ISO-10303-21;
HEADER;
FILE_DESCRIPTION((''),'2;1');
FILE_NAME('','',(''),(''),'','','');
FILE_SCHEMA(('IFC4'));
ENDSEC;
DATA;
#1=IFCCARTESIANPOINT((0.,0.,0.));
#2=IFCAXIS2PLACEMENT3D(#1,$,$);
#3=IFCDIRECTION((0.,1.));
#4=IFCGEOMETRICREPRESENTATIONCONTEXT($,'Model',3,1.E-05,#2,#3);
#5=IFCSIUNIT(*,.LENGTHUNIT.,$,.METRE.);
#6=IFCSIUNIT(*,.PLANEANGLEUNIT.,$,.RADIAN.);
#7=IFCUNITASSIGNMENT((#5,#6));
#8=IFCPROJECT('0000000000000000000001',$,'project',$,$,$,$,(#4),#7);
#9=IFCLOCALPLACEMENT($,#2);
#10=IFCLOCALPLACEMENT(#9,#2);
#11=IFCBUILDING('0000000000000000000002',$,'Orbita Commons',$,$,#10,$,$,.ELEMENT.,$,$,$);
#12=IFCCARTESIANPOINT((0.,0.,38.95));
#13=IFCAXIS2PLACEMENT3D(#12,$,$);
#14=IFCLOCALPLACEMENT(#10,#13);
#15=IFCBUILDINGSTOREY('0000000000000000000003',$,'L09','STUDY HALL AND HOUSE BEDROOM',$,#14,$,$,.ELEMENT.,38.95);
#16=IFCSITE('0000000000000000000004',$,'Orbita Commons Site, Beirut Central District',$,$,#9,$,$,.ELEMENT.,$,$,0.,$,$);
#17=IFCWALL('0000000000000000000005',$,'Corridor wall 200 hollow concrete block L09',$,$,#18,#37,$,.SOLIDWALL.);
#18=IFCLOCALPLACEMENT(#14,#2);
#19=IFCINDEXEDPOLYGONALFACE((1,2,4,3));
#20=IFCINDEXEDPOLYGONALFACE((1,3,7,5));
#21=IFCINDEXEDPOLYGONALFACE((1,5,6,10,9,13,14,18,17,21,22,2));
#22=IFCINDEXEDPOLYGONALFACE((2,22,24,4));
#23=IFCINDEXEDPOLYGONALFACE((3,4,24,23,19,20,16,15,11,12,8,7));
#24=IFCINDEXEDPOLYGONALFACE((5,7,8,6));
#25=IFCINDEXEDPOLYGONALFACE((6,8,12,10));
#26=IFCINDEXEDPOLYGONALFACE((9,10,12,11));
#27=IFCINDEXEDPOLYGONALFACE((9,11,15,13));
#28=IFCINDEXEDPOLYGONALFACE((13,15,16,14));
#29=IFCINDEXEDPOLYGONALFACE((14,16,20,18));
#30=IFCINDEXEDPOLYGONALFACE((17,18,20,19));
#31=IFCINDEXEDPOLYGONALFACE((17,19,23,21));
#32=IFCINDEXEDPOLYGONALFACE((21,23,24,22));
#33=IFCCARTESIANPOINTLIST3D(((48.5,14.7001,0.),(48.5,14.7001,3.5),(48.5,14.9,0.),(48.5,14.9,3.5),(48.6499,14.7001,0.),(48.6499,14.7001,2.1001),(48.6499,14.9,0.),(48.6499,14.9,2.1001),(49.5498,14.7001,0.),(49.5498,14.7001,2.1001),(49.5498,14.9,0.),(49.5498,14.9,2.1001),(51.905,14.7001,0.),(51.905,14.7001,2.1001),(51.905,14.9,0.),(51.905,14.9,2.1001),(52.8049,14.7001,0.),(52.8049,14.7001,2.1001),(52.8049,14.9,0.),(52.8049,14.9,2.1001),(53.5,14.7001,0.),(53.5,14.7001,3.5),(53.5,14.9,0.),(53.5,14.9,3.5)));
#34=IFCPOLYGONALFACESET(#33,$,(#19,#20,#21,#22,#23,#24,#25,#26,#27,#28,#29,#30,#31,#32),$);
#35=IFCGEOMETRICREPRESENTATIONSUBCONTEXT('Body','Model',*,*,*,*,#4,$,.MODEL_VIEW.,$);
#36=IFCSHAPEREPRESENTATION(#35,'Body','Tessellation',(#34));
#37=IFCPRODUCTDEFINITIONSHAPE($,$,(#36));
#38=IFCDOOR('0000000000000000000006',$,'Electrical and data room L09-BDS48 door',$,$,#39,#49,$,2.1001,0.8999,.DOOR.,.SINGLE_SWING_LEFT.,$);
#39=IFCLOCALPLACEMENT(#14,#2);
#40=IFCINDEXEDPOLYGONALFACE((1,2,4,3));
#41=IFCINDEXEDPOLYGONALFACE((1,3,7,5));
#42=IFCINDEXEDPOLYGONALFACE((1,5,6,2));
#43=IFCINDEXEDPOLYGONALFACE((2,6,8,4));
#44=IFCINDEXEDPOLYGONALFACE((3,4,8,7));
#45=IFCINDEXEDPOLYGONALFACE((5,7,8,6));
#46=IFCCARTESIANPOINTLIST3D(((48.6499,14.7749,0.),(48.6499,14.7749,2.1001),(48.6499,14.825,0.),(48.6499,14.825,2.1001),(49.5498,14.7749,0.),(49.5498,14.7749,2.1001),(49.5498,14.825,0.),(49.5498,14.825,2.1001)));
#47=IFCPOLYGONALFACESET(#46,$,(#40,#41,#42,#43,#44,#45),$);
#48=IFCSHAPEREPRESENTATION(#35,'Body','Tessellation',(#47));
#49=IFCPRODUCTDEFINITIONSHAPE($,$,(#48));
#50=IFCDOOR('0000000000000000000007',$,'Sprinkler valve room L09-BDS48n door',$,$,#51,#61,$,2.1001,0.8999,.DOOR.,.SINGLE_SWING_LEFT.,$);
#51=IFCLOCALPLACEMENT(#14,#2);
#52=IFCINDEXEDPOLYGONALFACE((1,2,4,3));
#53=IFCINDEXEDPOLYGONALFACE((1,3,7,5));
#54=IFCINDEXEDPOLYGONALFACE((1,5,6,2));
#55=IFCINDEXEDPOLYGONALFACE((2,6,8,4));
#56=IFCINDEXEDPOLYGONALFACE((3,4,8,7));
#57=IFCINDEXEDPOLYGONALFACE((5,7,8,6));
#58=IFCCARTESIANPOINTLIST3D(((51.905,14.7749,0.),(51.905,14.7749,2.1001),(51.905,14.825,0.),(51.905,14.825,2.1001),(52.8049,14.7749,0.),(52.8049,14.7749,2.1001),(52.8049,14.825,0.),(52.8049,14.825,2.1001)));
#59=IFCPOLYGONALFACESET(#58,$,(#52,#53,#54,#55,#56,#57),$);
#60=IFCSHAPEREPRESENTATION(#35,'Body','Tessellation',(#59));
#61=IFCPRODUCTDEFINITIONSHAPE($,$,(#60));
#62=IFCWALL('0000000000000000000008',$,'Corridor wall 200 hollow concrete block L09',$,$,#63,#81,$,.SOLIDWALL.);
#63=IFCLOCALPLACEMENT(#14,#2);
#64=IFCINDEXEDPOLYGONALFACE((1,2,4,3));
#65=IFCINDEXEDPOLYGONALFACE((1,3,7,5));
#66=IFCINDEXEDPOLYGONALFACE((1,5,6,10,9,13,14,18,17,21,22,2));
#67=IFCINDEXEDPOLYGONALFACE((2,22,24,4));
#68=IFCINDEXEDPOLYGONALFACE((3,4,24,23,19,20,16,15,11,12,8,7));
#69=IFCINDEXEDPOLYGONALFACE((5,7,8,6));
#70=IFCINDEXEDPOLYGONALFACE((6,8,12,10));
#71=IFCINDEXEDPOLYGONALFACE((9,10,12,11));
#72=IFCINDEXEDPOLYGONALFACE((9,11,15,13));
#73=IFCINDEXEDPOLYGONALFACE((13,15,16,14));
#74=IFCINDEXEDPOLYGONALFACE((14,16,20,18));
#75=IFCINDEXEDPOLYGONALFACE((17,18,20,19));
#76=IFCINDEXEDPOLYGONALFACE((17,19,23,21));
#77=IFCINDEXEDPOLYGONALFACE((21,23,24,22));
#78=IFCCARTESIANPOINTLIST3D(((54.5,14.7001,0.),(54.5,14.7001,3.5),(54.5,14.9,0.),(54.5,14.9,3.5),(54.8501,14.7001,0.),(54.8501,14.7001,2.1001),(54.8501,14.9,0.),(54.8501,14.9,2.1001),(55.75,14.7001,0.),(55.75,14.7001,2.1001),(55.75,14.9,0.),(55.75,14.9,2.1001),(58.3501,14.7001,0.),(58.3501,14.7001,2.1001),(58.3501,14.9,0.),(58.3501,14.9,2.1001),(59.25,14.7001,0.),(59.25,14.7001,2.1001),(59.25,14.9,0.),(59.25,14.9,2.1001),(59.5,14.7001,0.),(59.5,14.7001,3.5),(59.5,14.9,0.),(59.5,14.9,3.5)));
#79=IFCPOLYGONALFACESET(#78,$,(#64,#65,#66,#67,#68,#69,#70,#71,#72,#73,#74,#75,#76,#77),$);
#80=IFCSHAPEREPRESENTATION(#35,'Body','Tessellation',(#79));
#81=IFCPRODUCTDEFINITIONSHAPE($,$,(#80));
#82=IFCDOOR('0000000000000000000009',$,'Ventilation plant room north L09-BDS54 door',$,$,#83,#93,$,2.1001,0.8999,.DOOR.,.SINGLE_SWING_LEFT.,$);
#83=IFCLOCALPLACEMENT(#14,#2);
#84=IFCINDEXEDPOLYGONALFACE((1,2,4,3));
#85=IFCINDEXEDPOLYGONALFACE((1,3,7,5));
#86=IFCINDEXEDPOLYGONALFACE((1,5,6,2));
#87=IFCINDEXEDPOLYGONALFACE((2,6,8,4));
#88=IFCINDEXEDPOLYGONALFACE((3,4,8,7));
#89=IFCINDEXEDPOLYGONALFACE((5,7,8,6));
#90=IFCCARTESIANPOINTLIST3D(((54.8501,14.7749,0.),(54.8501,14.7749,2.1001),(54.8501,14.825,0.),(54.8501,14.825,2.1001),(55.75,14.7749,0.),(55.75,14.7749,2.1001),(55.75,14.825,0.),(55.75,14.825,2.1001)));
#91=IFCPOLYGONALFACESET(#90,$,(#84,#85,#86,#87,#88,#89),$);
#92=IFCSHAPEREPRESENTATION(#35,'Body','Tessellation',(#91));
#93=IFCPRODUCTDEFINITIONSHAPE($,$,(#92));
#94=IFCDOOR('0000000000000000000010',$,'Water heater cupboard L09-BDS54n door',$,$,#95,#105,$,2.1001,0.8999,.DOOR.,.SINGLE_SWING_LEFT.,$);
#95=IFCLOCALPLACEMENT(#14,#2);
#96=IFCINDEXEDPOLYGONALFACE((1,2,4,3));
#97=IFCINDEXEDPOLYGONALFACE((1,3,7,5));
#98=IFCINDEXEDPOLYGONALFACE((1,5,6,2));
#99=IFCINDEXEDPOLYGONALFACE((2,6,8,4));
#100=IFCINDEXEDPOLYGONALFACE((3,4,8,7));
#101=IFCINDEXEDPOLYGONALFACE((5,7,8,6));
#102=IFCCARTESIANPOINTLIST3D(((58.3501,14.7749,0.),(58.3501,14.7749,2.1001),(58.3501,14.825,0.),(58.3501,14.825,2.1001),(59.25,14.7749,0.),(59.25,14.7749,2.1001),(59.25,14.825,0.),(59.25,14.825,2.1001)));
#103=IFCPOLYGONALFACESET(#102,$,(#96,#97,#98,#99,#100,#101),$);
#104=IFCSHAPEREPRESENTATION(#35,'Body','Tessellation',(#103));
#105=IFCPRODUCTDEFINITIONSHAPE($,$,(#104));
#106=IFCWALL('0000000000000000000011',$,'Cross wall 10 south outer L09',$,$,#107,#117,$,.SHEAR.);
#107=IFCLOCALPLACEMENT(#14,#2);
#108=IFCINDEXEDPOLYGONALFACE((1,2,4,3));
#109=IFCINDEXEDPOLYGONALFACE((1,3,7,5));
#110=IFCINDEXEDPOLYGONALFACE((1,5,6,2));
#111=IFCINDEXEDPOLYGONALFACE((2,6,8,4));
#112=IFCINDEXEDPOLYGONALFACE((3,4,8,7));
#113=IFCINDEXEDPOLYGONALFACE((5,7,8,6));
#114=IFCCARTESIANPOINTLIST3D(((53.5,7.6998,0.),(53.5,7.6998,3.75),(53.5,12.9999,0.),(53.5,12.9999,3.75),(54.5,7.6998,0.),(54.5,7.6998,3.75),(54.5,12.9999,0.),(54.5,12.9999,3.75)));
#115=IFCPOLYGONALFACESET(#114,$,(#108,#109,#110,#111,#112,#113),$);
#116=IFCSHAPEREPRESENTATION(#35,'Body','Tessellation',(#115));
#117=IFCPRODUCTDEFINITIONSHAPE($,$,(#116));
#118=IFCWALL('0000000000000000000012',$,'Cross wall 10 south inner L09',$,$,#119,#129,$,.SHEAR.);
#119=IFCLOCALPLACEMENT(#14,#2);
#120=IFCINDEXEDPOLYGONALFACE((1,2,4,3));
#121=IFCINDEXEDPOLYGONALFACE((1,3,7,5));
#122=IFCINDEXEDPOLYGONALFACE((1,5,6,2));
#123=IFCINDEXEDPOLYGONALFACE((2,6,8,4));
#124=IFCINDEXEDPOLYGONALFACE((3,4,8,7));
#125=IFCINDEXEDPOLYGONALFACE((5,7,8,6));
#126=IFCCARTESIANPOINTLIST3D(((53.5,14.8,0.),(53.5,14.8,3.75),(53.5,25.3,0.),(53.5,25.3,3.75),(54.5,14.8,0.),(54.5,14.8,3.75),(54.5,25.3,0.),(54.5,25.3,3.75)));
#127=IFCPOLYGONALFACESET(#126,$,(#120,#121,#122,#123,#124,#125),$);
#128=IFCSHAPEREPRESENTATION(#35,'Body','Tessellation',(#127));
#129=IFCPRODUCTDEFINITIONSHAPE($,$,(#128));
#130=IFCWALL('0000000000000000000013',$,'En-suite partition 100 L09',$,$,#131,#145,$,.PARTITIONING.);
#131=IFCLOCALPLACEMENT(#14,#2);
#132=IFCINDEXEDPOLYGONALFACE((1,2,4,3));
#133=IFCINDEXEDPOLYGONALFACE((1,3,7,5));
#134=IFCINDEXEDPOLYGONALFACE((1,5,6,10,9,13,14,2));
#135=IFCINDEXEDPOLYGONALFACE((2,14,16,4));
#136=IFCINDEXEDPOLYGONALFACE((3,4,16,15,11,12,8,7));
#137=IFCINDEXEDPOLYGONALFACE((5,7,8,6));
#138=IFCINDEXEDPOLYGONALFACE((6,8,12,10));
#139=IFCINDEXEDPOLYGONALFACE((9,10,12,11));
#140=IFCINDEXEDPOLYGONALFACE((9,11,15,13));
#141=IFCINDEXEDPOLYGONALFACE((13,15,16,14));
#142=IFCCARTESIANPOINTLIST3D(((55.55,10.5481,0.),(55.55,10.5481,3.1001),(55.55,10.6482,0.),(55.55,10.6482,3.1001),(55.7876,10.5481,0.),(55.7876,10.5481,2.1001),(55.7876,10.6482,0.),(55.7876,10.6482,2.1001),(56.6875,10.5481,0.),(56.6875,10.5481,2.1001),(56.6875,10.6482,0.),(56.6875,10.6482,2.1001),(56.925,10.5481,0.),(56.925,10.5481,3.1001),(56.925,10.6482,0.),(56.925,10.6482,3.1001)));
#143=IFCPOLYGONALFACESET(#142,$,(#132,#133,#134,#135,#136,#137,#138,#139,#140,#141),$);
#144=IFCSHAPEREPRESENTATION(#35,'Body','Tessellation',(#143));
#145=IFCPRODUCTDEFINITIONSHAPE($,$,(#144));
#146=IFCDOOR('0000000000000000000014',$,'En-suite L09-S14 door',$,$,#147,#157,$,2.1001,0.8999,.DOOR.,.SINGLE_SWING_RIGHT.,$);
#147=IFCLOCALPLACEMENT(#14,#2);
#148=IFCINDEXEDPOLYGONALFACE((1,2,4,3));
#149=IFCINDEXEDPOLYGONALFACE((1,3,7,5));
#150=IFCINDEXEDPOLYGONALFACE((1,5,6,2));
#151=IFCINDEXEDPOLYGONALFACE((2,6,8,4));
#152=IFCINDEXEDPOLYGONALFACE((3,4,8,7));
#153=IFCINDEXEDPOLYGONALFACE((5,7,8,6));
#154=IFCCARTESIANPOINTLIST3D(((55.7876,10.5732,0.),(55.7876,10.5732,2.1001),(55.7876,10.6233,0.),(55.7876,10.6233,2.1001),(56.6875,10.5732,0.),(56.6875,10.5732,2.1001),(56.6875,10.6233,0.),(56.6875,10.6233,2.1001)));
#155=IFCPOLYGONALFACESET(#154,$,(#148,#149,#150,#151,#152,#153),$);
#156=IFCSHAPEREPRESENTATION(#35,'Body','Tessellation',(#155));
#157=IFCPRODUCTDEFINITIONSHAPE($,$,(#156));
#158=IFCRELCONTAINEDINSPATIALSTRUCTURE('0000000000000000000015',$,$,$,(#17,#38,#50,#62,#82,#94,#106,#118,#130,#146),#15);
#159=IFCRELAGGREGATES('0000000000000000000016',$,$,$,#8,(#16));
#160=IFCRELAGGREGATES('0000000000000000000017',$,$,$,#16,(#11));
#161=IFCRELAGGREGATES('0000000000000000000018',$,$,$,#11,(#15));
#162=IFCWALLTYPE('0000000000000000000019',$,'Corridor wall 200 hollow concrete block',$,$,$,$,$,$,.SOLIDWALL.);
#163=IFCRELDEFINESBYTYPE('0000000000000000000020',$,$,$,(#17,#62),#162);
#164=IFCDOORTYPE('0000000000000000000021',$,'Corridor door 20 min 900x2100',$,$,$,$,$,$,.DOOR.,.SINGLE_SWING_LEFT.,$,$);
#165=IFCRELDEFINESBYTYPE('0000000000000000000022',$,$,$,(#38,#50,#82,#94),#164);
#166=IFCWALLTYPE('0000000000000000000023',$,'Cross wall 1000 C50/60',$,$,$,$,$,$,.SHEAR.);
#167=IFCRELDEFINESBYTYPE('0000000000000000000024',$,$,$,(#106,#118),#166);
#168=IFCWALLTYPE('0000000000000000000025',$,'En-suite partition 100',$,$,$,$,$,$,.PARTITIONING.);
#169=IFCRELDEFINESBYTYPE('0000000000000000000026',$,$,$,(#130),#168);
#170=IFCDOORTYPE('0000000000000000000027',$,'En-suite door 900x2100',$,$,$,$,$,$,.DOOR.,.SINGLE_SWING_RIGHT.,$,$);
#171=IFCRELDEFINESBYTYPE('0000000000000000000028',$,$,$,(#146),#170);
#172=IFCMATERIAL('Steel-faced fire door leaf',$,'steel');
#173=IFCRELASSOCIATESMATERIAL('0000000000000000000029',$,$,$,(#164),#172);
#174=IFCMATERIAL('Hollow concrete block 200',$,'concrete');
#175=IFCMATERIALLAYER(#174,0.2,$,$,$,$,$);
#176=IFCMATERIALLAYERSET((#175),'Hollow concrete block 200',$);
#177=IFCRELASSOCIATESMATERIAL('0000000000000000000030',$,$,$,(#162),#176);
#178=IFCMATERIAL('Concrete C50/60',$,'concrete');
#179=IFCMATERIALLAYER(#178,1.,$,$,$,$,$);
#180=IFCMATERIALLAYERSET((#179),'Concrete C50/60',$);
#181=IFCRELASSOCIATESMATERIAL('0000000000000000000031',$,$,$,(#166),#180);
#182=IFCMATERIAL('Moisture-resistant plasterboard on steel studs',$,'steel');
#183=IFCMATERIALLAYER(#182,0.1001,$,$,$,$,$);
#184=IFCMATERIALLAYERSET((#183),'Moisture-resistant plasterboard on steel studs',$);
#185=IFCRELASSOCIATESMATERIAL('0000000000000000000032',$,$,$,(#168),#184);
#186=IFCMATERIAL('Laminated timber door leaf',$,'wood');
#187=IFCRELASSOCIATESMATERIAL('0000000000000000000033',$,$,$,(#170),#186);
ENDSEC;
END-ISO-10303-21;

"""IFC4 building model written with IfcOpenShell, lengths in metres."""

from ifc_helpers import new_model, si_unit, direction, frame, frame_2d, origin, place, context, subcontext, project, spatial, polyline, rectangle, outline, extrude, material, layer, layer_set, type_object, element, fill, save


model = new_model("IFC4")

# Units and contexts
model_context = context("Model", 3, precision=1e-05, world=origin(), true_north=direction((0.0, 1.0)))
body_context = subcontext(model_context, "Body", "Model", "MODEL_VIEW")
ifc_project = project(units=[si_unit("LENGTHUNIT", "METRE"), si_unit("PLANEANGLEUNIT", "RADIAN")], contexts=[model_context])

# Site, building, storey
site_placement = place(None, origin())
site = spatial("IfcSite", under=ifc_project, at=site_placement, Name="Orbita Commons Site, Beirut Central District", CompositionType="ELEMENT", RefElevation=0.0)
building_placement = place(site_placement, origin())
building = spatial("IfcBuilding", under=site, at=building_placement, Name="Orbita Commons", CompositionType="ELEMENT")
storey_placement = place(building_placement, frame((0.0, 0.0, 38.95)))
storey = spatial("IfcBuildingStorey", under=building, at=storey_placement, Name="L09", Description="STUDY HALL AND HOUSE BEDROOM", CompositionType="ELEMENT", Elevation=38.95)

# Walls, openings, doors
ifc_material_1 = material(Name="Steel-faced fire door leaf", Category="steel")
door_type_1 = type_object("IfcDoorType", Name="Corridor door 20 min 900x2100", OperationType="SINGLE_SWING_LEFT", PredefinedType="DOOR", material=ifc_material_1)
ifc_material_2 = material(Name="Hollow concrete block 200", Category="concrete")
ifc_layer_1 = layer(ifc_material_2, 0.2)
ifc_layer_set_1 = layer_set([ifc_layer_1], Name="Hollow concrete block 200")
wall_type_1 = type_object("IfcWallType", Name="Corridor wall 200 hollow concrete block", PredefinedType="SOLIDWALL", material=ifc_layer_set_1)
wall_1_placement = place(storey_placement, frame((48.5, 14.8, 0.0), z_axis=(0.0, 0.0, 1.0), x_axis=(1.0, 0.0, 0.0)))
wall_1 = element("IfcWall", 1, at=wall_1_placement, inside=storey, type_object=wall_type_1, Name="Corridor wall 200 hollow concrete block L09", PredefinedType="SOLIDWALL", context=body_context, shape_type="SweptSolid", body=[
    extrude(rectangle(XDim=5.0, YDim=0.2, at=frame_2d((2.5, 0.0))), origin(), (0.0, 0.0, 1.0), 3.5),
])
opening_1_placement = place(wall_1_placement, frame((0.1499, 0.0, 0.0)))
opening_1 = element("IfcOpeningElement", 2, at=opening_1_placement, cuts=wall_1, PredefinedType="OPENING", context=body_context, shape_type="SweptSolid", body=[
    extrude(rectangle(XDim=0.8999, YDim=2.1001, at=frame_2d((0.45, 1.05))), frame((0.0, 0.1099, 0.0), z_axis=(0.0, -1.0, 0.0), x_axis=(1.0, 0.0, 0.0)), (0.0, 0.0, 1.0), 0.22),
])
opening_2_placement = place(wall_1_placement, frame((3.405, 0.0, 0.0)))
opening_2 = element("IfcOpeningElement", 3, at=opening_2_placement, cuts=wall_1, PredefinedType="OPENING", context=body_context, shape_type="SweptSolid", body=[
    extrude(rectangle(XDim=0.8999, YDim=2.1001, at=frame_2d((0.45, 1.05))), frame((0.0, 0.1099, 0.0), z_axis=(0.0, -1.0, 0.0), x_axis=(1.0, 0.0, 0.0)), (0.0, 0.0, 1.0), 0.22),
])
door_1_placement = place(opening_1_placement, origin())
door_1 = element("IfcDoor", 4, at=door_1_placement, inside=storey, type_object=door_type_1, Name="Electrical and data room L09-BDS48 door", OperationType="SINGLE_SWING_LEFT", OverallHeight=2.1001, OverallWidth=0.8999, PredefinedType="DOOR", context=body_context, shape_type="SweptSolid", body=[
    extrude(rectangle(XDim=0.8999, YDim=2.1001, at=frame_2d((0.45, 1.05))), frame((0.0, 0.0249, 0.0), z_axis=(0.0, -1.0, 0.0), x_axis=(1.0, 0.0, 0.0)), (0.0, 0.0, 1.0), 0.05),
])
fill(opening_1, door_1)
door_2_placement = place(opening_2_placement, origin())
door_2 = element("IfcDoor", 5, at=door_2_placement, inside=storey, type_object=door_type_1, Name="Sprinkler valve room L09-BDS48n door", OperationType="SINGLE_SWING_LEFT", OverallHeight=2.1001, OverallWidth=0.8999, PredefinedType="DOOR", context=body_context, shape_type="SweptSolid", body=[
    extrude(rectangle(XDim=0.8999, YDim=2.1001, at=frame_2d((0.45, 1.05))), frame((0.0, 0.0249, 0.0), z_axis=(0.0, -1.0, 0.0), x_axis=(1.0, 0.0, 0.0)), (0.0, 0.0, 1.0), 0.05),
])
fill(opening_2, door_2)
wall_2_placement = place(storey_placement, frame((54.5, 14.8, 0.0), z_axis=(0.0, 0.0, 1.0), x_axis=(1.0, 0.0, 0.0)))
wall_2 = element("IfcWall", 6, at=wall_2_placement, inside=storey, type_object=wall_type_1, Name="Corridor wall 200 hollow concrete block L09", PredefinedType="SOLIDWALL", context=body_context, shape_type="SweptSolid", body=[
    extrude(rectangle(XDim=5.0, YDim=0.2, at=frame_2d((2.5, 0.0))), origin(), (0.0, 0.0, 1.0), 3.5),
])
opening_3_placement = place(wall_2_placement, frame((0.3501, 0.0, 0.0)))
opening_3 = element("IfcOpeningElement", 7, at=opening_3_placement, cuts=wall_2, PredefinedType="OPENING", context=body_context, shape_type="SweptSolid", body=[
    extrude(rectangle(XDim=0.8999, YDim=2.1001, at=frame_2d((0.45, 1.05))), frame((0.0, 0.1099, 0.0), z_axis=(0.0, -1.0, 0.0), x_axis=(1.0, 0.0, 0.0)), (0.0, 0.0, 1.0), 0.22),
])
opening_4_placement = place(wall_2_placement, frame((3.8501, 0.0, 0.0)))
opening_4 = element("IfcOpeningElement", 8, at=opening_4_placement, cuts=wall_2, PredefinedType="OPENING", context=body_context, shape_type="SweptSolid", body=[
    extrude(rectangle(XDim=0.8999, YDim=2.1001, at=frame_2d((0.45, 1.05))), frame((0.0, 0.1099, 0.0), z_axis=(0.0, -1.0, 0.0), x_axis=(1.0, 0.0, 0.0)), (0.0, 0.0, 1.0), 0.22),
])
door_3_placement = place(opening_3_placement, origin())
door_3 = element("IfcDoor", 9, at=door_3_placement, inside=storey, type_object=door_type_1, Name="Ventilation plant room north L09-BDS54 door", OperationType="SINGLE_SWING_LEFT", OverallHeight=2.1001, OverallWidth=0.8999, PredefinedType="DOOR", context=body_context, shape_type="SweptSolid", body=[
    extrude(rectangle(XDim=0.8999, YDim=2.1001, at=frame_2d((0.45, 1.05))), frame((0.0, 0.0249, 0.0), z_axis=(0.0, -1.0, 0.0), x_axis=(1.0, 0.0, 0.0)), (0.0, 0.0, 1.0), 0.05),
])
fill(opening_3, door_3)
door_4_placement = place(opening_4_placement, origin())
door_4 = element("IfcDoor", 10, at=door_4_placement, inside=storey, type_object=door_type_1, Name="Water heater cupboard L09-BDS54n door", OperationType="SINGLE_SWING_LEFT", OverallHeight=2.1001, OverallWidth=0.8999, PredefinedType="DOOR", context=body_context, shape_type="SweptSolid", body=[
    extrude(rectangle(XDim=0.8999, YDim=2.1001, at=frame_2d((0.45, 1.05))), frame((0.0, 0.0249, 0.0), z_axis=(0.0, -1.0, 0.0), x_axis=(1.0, 0.0, 0.0)), (0.0, 0.0, 1.0), 0.05),
])
fill(opening_4, door_4)

# Walls
ifc_material_3 = material(Name="Concrete C50/60", Category="concrete")
ifc_layer_2 = layer(ifc_material_3, 1.0)
ifc_layer_set_2 = layer_set([ifc_layer_2], Name="Concrete C50/60")
wall_type_2 = type_object("IfcWallType", Name="Cross wall 1000 C50/60", PredefinedType="SHEAR", material=ifc_layer_set_2)
wall_3_placement = place(storey_placement, frame((54.0, 7.7, 0.0), z_axis=(0.0, 0.0, 1.0), x_axis=(0.0, 1.0, 0.0)))
element("IfcWall", 11, at=wall_3_placement, inside=storey, type_object=wall_type_2, Name="Cross wall 10 south outer L09", PredefinedType="SHEAR", context=body_context, shape_type="SweptSolid", body=[
    extrude(rectangle(XDim=5.3, YDim=1.0, at=frame_2d((2.6499, 0.0))), origin(), (0.0, 0.0, 1.0), 3.75),
])
wall_4_placement = place(storey_placement, frame((54.0, 14.8, 0.0), z_axis=(0.0, 0.0, 1.0), x_axis=(0.0, 1.0, 0.0)))
element("IfcWall", 12, at=wall_4_placement, inside=storey, type_object=wall_type_2, Name="Cross wall 10 south inner L09", PredefinedType="SHEAR", context=body_context, shape_type="SweptSolid", body=[
    extrude(rectangle(XDim=10.5, YDim=1.0, at=frame_2d((5.25, 0.0))), origin(), (0.0, 0.0, 1.0), 3.75),
])

# Wall, opening, door
ifc_material_4 = material(Name="Moisture-resistant plasterboard on steel studs", Category="steel")
ifc_layer_3 = layer(ifc_material_4, 0.1001)
ifc_layer_set_3 = layer_set([ifc_layer_3], Name="Moisture-resistant plasterboard on steel studs")
wall_type_3 = type_object("IfcWallType", Name="En-suite partition 100", PredefinedType="PARTITIONING", material=ifc_layer_set_3)
wall_5_placement = place(storey_placement, frame((56.925, 10.5981, 0.0), z_axis=(0.0, 0.0, 1.0), x_axis=(-1.0, 0.0, 0.0)))
wall_5 = element("IfcWall", 13, at=wall_5_placement, inside=storey, type_object=wall_type_3, Name="En-suite partition 100 L09", PredefinedType="PARTITIONING", context=body_context, shape_type="SweptSolid", body=[
    extrude(outline(polyline([(0.0, 0.0), (1.375, 0.0), (1.375, 3.1001), (0.0, 3.1001), (0.0, 0.0)])), frame((0.0, 0.05, 0.0), z_axis=(0.0, -1.0, 0.0), x_axis=(1.0, 0.0, 0.0)), (0.0, 0.0, 1.0), 0.1001),
])
opening_5_placement = place(wall_5_placement, frame((0.2375, 0.0, 0.0)))
opening_5 = element("IfcOpeningElement", 14, at=opening_5_placement, cuts=wall_5, PredefinedType="OPENING", context=body_context, shape_type="SweptSolid", body=[
    extrude(rectangle(XDim=0.8999, YDim=2.1001, at=frame_2d((0.45, 1.05))), frame((0.0, 0.0601, 0.0), z_axis=(0.0, -1.0, 0.0), x_axis=(1.0, 0.0, 0.0)), (0.0, 0.0, 1.0), 0.1201),
])
ifc_material_5 = material(Name="Laminated timber door leaf", Category="wood")
door_type_2 = type_object("IfcDoorType", Name="En-suite door 900x2100", OperationType="SINGLE_SWING_RIGHT", PredefinedType="DOOR", material=ifc_material_5)
door_5_placement = place(opening_5_placement, origin())
door_5 = element("IfcDoor", 15, at=door_5_placement, inside=storey, type_object=door_type_2, Name="En-suite L09-S14 door", OperationType="SINGLE_SWING_RIGHT", OverallHeight=2.1001, OverallWidth=0.8999, PredefinedType="DOOR", context=body_context, shape_type="SweptSolid", body=[
    extrude(rectangle(XDim=0.8999, YDim=2.1001, at=frame_2d((0.45, 1.05))), frame((0.0, 0.0249, 0.0), z_axis=(0.0, -1.0, 0.0), x_axis=(1.0, 0.0, 0.0)), (0.0, 0.0, 1.0), 0.05),
])
fill(opening_5, door_5)

save(model, "model.ifc")
